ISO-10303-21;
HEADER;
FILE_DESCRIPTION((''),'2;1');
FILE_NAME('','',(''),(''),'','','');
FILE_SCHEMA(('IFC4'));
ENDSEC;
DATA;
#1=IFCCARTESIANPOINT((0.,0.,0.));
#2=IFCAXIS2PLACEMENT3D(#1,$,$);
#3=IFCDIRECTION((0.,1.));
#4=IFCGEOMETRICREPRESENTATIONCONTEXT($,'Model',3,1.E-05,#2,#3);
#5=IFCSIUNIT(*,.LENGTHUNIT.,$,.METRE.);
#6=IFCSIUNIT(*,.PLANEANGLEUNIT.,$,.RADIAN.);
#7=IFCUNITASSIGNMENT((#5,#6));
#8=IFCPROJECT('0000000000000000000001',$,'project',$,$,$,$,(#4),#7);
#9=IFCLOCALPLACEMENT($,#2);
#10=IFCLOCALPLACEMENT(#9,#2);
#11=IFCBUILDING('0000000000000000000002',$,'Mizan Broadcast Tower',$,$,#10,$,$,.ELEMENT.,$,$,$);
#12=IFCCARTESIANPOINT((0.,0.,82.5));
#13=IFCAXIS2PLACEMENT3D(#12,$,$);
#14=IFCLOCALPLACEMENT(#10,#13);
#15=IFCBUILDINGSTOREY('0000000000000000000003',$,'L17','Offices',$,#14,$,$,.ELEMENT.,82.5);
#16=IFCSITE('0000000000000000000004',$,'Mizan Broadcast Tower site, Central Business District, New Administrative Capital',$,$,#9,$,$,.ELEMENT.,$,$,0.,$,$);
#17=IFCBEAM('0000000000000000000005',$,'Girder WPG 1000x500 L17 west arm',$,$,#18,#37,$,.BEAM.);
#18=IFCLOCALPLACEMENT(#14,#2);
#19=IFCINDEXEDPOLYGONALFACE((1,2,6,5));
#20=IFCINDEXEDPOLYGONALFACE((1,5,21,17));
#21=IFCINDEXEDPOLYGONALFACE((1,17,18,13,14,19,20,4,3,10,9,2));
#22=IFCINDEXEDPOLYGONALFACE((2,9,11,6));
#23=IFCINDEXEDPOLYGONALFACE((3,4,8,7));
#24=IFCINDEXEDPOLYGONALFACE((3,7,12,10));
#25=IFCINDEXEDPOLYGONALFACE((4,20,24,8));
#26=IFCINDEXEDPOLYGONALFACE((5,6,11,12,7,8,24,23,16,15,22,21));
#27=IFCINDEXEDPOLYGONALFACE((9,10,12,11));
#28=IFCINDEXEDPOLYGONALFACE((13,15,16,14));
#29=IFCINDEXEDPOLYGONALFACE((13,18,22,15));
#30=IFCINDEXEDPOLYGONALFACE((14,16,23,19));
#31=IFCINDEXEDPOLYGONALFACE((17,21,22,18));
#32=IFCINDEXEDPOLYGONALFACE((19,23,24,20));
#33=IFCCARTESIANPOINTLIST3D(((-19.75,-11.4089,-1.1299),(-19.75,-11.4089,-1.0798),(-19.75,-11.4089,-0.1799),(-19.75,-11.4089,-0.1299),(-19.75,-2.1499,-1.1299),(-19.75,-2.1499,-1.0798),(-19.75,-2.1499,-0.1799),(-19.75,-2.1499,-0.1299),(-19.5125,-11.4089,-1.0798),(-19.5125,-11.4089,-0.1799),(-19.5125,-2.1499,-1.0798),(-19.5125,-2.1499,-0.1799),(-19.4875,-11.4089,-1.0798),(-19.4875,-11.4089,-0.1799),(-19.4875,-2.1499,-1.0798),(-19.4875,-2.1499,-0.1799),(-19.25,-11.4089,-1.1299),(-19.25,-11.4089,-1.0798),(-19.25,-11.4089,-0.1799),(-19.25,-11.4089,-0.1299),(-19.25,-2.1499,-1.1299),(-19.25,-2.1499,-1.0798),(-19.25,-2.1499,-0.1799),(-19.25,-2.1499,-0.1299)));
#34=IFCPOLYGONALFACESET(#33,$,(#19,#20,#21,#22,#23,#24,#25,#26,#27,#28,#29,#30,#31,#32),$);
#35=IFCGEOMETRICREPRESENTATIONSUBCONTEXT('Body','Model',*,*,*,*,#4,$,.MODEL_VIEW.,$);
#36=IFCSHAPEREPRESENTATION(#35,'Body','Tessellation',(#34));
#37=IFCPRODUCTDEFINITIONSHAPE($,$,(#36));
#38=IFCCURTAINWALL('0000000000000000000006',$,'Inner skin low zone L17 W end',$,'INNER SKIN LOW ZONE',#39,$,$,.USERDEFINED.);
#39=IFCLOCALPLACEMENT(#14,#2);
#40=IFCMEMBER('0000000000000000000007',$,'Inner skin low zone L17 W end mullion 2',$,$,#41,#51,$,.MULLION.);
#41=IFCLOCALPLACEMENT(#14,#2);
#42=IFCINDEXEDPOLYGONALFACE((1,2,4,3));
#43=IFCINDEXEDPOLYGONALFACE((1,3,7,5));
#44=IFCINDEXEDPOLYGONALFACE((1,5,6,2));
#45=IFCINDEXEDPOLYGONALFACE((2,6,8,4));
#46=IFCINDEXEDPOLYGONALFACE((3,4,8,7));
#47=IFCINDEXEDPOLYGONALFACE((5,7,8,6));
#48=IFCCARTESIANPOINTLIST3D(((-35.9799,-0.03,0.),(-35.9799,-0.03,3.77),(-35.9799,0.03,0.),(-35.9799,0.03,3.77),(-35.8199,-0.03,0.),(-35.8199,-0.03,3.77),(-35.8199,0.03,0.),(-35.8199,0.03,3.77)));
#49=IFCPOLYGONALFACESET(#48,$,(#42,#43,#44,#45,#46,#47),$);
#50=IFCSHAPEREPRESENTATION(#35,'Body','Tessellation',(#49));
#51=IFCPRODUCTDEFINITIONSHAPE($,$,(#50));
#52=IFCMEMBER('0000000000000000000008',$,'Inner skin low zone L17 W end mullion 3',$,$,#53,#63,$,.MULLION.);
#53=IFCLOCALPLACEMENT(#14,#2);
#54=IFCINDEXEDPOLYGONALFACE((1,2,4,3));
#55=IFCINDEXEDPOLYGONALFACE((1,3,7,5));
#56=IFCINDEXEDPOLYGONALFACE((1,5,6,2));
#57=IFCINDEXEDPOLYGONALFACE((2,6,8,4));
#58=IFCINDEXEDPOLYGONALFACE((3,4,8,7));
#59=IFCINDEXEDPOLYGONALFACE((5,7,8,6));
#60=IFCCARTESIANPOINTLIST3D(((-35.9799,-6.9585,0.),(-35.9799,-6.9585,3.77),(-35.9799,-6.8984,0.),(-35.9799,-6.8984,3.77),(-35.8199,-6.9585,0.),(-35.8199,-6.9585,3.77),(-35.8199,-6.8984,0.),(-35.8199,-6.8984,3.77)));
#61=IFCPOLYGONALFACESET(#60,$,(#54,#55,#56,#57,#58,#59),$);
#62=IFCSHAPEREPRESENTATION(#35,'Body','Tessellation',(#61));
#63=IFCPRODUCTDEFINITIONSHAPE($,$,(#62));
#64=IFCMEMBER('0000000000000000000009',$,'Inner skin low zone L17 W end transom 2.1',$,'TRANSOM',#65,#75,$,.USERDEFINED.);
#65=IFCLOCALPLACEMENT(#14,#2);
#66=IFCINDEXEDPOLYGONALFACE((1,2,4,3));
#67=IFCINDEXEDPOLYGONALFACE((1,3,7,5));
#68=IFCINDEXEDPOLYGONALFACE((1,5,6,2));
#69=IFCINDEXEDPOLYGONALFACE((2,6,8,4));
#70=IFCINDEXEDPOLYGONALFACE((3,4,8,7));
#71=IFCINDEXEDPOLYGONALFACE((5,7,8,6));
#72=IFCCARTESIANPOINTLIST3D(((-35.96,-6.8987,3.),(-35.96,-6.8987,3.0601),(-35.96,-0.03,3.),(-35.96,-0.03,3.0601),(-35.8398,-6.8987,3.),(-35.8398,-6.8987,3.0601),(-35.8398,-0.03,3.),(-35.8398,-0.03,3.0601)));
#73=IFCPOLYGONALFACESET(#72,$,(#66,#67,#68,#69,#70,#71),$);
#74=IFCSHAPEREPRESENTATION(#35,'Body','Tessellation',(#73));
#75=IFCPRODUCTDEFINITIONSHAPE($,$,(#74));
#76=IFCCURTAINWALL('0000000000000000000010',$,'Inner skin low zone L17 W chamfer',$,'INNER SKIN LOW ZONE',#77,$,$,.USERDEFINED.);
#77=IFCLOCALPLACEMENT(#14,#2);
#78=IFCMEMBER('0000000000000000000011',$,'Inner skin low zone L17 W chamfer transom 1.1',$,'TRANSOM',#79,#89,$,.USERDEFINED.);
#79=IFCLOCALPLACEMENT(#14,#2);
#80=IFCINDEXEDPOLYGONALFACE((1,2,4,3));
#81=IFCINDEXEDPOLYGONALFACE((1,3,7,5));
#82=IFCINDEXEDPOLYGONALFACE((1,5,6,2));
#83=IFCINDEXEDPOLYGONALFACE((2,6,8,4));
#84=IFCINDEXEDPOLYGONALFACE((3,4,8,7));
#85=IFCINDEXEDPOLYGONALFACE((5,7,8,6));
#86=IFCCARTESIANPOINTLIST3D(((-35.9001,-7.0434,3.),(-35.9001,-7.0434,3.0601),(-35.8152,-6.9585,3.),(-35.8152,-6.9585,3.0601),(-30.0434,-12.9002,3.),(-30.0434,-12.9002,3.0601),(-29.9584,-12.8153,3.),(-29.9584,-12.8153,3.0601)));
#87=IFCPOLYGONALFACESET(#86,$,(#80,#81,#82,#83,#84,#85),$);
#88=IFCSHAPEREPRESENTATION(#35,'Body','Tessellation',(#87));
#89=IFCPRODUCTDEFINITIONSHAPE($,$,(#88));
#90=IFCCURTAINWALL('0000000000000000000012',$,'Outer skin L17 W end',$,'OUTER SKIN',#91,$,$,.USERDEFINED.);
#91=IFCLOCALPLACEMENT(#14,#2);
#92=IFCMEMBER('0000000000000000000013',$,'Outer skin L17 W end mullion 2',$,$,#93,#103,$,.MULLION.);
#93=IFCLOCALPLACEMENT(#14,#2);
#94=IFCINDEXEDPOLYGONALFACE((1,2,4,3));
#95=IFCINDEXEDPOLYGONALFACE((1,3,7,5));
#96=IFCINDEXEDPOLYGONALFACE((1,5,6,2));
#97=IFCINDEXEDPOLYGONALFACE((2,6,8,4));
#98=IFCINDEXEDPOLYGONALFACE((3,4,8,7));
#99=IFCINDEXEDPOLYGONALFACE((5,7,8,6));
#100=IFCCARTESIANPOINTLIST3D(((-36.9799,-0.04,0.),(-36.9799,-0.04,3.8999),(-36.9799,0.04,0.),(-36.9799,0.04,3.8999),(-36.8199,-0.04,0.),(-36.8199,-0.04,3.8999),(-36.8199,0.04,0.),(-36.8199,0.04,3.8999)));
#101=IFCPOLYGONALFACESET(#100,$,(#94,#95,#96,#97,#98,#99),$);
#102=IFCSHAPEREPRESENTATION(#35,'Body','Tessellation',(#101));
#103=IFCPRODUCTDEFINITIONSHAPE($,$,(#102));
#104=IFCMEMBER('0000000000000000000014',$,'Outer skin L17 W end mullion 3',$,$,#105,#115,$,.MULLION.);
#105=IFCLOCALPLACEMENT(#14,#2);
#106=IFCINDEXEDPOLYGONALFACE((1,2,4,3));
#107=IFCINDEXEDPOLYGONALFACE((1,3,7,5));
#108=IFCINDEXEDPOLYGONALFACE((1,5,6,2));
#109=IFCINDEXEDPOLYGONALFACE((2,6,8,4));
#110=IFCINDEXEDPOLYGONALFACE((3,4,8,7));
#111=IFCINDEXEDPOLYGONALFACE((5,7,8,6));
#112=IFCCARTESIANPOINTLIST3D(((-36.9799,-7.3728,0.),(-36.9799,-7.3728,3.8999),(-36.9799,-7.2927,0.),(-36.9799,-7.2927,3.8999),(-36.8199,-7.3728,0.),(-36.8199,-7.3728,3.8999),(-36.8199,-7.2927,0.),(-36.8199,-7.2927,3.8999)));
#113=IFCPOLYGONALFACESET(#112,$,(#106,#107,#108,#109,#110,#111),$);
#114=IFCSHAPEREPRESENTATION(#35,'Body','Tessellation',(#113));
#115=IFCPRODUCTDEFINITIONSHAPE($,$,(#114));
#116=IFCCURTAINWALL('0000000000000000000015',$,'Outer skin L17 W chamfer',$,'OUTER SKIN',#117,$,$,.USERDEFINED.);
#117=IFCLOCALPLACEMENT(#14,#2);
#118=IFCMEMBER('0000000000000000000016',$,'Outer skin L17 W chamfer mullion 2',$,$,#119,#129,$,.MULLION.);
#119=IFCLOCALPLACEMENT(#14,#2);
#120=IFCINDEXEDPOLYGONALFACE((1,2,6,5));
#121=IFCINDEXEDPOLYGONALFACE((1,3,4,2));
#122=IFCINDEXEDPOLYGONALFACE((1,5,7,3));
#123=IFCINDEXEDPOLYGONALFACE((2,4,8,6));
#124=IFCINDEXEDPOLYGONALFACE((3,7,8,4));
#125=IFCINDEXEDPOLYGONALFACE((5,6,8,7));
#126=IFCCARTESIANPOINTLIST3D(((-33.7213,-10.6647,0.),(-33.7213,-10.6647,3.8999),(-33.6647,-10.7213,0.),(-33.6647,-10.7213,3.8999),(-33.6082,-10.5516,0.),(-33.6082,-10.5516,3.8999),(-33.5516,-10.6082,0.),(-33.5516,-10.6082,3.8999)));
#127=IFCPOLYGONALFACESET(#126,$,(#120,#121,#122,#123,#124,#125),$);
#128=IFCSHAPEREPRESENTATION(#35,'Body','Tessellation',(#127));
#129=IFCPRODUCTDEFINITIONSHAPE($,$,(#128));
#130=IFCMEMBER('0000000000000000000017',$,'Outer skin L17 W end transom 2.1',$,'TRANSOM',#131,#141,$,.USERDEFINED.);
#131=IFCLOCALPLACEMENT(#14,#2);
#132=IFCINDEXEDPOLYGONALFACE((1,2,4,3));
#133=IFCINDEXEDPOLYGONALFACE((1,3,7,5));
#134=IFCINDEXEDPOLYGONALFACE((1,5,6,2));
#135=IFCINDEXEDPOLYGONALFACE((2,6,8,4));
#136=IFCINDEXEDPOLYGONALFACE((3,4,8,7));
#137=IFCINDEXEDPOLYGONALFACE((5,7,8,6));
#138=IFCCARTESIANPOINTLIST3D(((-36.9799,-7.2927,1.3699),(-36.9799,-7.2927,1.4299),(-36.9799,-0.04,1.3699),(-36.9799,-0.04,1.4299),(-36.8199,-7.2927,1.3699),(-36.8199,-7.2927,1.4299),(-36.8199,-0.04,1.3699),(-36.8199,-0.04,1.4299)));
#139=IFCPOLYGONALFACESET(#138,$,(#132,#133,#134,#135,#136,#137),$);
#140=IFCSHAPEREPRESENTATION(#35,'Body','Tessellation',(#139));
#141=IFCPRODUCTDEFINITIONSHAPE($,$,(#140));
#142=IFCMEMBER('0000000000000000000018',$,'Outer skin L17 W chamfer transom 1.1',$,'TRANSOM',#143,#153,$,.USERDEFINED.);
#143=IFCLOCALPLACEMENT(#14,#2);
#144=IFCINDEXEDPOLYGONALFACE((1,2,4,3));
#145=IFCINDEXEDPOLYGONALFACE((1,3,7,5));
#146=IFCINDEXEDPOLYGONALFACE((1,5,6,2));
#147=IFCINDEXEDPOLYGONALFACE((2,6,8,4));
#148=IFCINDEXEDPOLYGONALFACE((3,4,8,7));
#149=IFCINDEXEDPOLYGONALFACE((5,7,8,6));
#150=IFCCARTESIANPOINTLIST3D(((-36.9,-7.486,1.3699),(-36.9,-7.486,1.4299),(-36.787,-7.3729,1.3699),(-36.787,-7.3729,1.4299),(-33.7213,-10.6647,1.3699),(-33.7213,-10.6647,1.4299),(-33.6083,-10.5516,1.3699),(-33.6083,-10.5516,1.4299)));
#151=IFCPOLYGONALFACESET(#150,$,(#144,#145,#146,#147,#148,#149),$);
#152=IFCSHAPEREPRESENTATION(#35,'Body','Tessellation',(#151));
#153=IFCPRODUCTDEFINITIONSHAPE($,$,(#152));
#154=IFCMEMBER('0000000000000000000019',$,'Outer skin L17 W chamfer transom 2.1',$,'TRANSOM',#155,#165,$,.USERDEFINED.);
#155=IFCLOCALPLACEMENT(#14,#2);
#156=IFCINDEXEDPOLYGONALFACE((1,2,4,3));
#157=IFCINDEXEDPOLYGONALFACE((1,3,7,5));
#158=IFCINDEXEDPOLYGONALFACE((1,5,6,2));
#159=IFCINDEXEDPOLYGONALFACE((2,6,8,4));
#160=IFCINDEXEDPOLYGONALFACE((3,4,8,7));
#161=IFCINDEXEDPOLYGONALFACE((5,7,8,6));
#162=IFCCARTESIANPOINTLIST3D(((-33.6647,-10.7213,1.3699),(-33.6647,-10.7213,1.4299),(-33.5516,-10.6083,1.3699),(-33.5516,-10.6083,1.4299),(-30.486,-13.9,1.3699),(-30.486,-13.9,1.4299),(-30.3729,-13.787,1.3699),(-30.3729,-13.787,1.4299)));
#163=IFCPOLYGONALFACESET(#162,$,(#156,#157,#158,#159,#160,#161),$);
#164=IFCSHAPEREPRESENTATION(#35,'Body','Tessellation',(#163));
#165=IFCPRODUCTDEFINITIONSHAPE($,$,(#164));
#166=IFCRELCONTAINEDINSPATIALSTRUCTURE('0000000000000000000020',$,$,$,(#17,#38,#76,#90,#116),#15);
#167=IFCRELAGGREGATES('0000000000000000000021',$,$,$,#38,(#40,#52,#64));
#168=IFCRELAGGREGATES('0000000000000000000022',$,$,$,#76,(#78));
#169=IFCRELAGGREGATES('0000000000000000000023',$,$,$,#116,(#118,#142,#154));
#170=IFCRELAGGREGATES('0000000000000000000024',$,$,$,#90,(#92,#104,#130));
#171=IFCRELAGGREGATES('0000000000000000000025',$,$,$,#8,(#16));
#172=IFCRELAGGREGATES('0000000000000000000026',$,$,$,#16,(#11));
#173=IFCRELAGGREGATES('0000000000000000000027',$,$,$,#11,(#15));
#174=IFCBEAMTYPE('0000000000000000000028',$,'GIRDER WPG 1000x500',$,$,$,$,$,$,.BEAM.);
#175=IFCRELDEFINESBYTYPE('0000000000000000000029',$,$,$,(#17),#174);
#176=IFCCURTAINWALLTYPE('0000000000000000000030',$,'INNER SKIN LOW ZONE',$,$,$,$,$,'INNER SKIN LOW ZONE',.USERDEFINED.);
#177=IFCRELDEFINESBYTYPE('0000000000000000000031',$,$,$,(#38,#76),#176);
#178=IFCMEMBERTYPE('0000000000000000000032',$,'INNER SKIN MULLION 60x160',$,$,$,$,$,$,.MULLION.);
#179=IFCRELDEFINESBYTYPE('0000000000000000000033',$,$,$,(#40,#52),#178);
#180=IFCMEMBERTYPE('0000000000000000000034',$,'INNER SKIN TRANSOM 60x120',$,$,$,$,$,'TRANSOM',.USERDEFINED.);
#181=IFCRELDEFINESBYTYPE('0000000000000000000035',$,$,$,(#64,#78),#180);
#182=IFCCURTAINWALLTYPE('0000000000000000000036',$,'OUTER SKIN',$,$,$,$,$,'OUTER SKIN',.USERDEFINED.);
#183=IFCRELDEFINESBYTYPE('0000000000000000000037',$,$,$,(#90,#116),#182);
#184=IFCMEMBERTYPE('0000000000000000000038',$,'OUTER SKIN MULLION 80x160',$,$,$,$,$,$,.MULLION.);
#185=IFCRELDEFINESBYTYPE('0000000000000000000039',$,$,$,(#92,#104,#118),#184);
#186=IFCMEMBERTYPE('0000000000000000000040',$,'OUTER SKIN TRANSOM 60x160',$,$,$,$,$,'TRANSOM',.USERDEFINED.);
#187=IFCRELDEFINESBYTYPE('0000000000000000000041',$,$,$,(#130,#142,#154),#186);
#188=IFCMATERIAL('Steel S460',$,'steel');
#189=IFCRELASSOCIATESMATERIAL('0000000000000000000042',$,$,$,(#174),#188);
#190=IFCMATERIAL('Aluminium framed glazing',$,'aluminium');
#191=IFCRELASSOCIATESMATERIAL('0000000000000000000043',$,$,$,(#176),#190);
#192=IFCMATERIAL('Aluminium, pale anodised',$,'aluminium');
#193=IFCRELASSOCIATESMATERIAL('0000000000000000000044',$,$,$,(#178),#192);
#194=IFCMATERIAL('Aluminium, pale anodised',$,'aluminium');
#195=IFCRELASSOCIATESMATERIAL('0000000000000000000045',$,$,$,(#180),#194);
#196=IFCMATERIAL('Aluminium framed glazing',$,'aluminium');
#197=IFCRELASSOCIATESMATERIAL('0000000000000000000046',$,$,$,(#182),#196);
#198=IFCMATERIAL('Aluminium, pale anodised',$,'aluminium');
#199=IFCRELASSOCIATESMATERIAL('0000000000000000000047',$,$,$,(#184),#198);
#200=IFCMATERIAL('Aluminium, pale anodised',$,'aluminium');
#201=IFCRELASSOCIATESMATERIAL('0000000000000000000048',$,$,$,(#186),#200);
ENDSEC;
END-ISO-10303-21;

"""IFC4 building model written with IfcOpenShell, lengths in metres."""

from ifc_helpers import new_model, si_unit, direction, frame, origin, origin_2d, place, context, subcontext, project, spatial, rectangle, i_section, extrude, material, material_profile, profile_set, type_object, element, aggregate, save


model = new_model("IFC4")

# Units and contexts
model_context = context("Model", 3, precision=1e-05, world=origin(), true_north=direction((0.0, 1.0)))
body_context = subcontext(model_context, "Body", "Model", "MODEL_VIEW")
ifc_project = project(units=[si_unit("LENGTHUNIT", "METRE"), si_unit("PLANEANGLEUNIT", "RADIAN")], contexts=[model_context])

# Site, building, storey
site_placement = place(None, origin())
site = spatial("IfcSite", under=ifc_project, at=site_placement, Name="Mizan Broadcast Tower site, Central Business District, New Administrative Capital", CompositionType="ELEMENT", RefElevation=0.0)
building_placement = place(site_placement, origin())
building = spatial("IfcBuilding", under=site, at=building_placement, Name="Mizan Broadcast Tower", CompositionType="ELEMENT")
storey_placement = place(building_placement, frame((0.0, 0.0, 82.5)))
storey = spatial("IfcBuildingStorey", under=building, at=storey_placement, Name="L17", Description="Offices", CompositionType="ELEMENT", Elevation=82.5)

# Beam
ifc_material_1 = material(Name="Steel S460", Category="steel")
ifc_material_profile_1 = material_profile(ifc_material_1, i_section(OverallWidth=0.5, OverallDepth=1.0, WebThickness=0.0249, FlangeThickness=0.05, at=origin_2d()), Name="WPG 1000x500")
ifc_profile_set_1 = profile_set([ifc_material_profile_1], Name="Steel S460")
beam_type_1 = type_object("IfcBeamType", Name="GIRDER WPG 1000x500", PredefinedType="BEAM", material=ifc_profile_set_1)
beam_1_placement = place(storey_placement, frame((-19.5, -11.4089, -0.6299), z_axis=(0.0, 1.0, 0.0), x_axis=(-1.0, 0.0, 0.0)))
element("IfcBeam", 1, at=beam_1_placement, inside=storey, type_object=beam_type_1, Name="Girder WPG 1000x500 L17 west arm", PredefinedType="BEAM", context=body_context, shape_type="SweptSolid", body=[
    extrude(i_section(OverallWidth=0.5, OverallDepth=1.0, WebThickness=0.0249, FlangeThickness=0.05, at=origin_2d()), origin(), (0.0, 0.0, 1.0), 9.259),
])

# Curtain wall, members
ifc_material_2 = material(Name="Aluminium framed glazing", Category="aluminium")
curtain_wall_type_1 = type_object("IfcCurtainWallType", Name="INNER SKIN LOW ZONE", ElementType="INNER SKIN LOW ZONE", PredefinedType="USERDEFINED", material=ifc_material_2)
curtain_wall_1_placement = place(storey_placement, origin())
curtain_wall_1 = element("IfcCurtainWall", 2, at=curtain_wall_1_placement, inside=storey, type_object=curtain_wall_type_1, Name="Inner skin low zone L17 W end", ObjectType="INNER SKIN LOW ZONE", PredefinedType="USERDEFINED")
ifc_material_3 = material(Name="Aluminium, pale anodised", Category="aluminium")
ifc_material_profile_2 = material_profile(ifc_material_3, rectangle(XDim=0.1599, YDim=0.0601, at=origin_2d()), Name="MULLION 160x60")
ifc_profile_set_2 = profile_set([ifc_material_profile_2], Name="Aluminium, pale anodised")
member_type_1 = type_object("IfcMemberType", Name="INNER SKIN MULLION 60x160", PredefinedType="MULLION", material=ifc_profile_set_2)
member_1_placement = place(storey_placement, frame((-35.8999, 0.0, 0.0), z_axis=(0.0, 0.0, 1.0), x_axis=(1.0, 0.0, 0.0)))
member_1 = element("IfcMember", 3, at=member_1_placement, type_object=member_type_1, Name="Inner skin low zone L17 W end mullion 2", PredefinedType="MULLION", context=body_context, shape_type="SweptSolid", body=[
    extrude(rectangle(XDim=0.1599, YDim=0.0601, at=origin_2d()), origin(), (0.0, 0.0, 1.0), 3.77),
])
member_2_placement = place(storey_placement, frame((-35.8999, -6.9285, 0.0), z_axis=(0.0, 0.0, 1.0), x_axis=(1.0, 0.0, 0.0)))
member_2 = element("IfcMember", 4, at=member_2_placement, type_object=member_type_1, Name="Inner skin low zone L17 W end mullion 3", PredefinedType="MULLION", context=body_context, shape_type="SweptSolid", body=[
    extrude(rectangle(XDim=0.1599, YDim=0.0601, at=origin_2d()), origin(), (0.0, 0.0, 1.0), 3.77),
])
ifc_material_4 = material(Name="Aluminium, pale anodised", Category="aluminium")
ifc_material_profile_3 = material_profile(ifc_material_4, rectangle(XDim=0.1201, YDim=0.0601, at=origin_2d()), Name="TRANSOM 120x60")
ifc_profile_set_3 = profile_set([ifc_material_profile_3], Name="Aluminium, pale anodised")
member_type_2 = type_object("IfcMemberType", Name="INNER SKIN TRANSOM 60x120", ElementType="TRANSOM", PredefinedType="USERDEFINED", material=ifc_profile_set_3)
member_3_placement = place(storey_placement, frame((-35.8999, -0.03, 3.03), z_axis=(0.0, -1.0, 0.0), x_axis=(1.0, 0.0, 0.0)))
member_3 = element("IfcMember", 5, at=member_3_placement, type_object=member_type_2, Name="Inner skin low zone L17 W end transom 2.1", ObjectType="TRANSOM", PredefinedType="USERDEFINED", context=body_context, shape_type="SweptSolid", body=[
    extrude(rectangle(XDim=0.1201, YDim=0.0601, at=origin_2d()), origin(), (0.0, 0.0, 1.0), 6.8687),
])

# Curtain wall, member
curtain_wall_2_placement = place(storey_placement, origin())
curtain_wall_2 = element("IfcCurtainWall", 6, at=curtain_wall_2_placement, inside=storey, type_object=curtain_wall_type_1, Name="Inner skin low zone L17 W chamfer", ObjectType="INNER SKIN LOW ZONE", PredefinedType="USERDEFINED")
member_4_placement = place(storey_placement, frame((-35.8577, -7.001, 3.03), z_axis=(0.707107, -0.707107, 0.0), x_axis=(0.707107, 0.707107, 0.0)))
member_4 = element("IfcMember", 7, at=member_4_placement, type_object=member_type_2, Name="Inner skin low zone L17 W chamfer transom 1.1", ObjectType="TRANSOM", PredefinedType="USERDEFINED", context=body_context, shape_type="SweptSolid", body=[
    extrude(rectangle(XDim=0.1201, YDim=0.0601, at=origin_2d()), origin(), (0.0, 0.0, 1.0), 8.2827),
])

# Curtain wall, members
ifc_material_5 = material(Name="Aluminium framed glazing", Category="aluminium")
curtain_wall_type_2 = type_object("IfcCurtainWallType", Name="OUTER SKIN", ElementType="OUTER SKIN", PredefinedType="USERDEFINED", material=ifc_material_5)
curtain_wall_3_placement = place(storey_placement, origin())
curtain_wall_3 = element("IfcCurtainWall", 8, at=curtain_wall_3_placement, inside=storey, type_object=curtain_wall_type_2, Name="Outer skin L17 W end", ObjectType="OUTER SKIN", PredefinedType="USERDEFINED")
ifc_material_6 = material(Name="Aluminium, pale anodised", Category="aluminium")
ifc_material_profile_4 = material_profile(ifc_material_6, rectangle(XDim=0.1599, YDim=0.0801, at=origin_2d()), Name="MULLION 160x80")
ifc_profile_set_4 = profile_set([ifc_material_profile_4], Name="Aluminium, pale anodised")
member_type_3 = type_object("IfcMemberType", Name="OUTER SKIN MULLION 80x160", PredefinedType="MULLION", material=ifc_profile_set_4)
member_5_placement = place(storey_placement, frame((-36.8999, 0.0, 0.0), z_axis=(0.0, 0.0, 1.0), x_axis=(1.0, 0.0, 0.0)))
member_5 = element("IfcMember", 9, at=member_5_placement, type_object=member_type_3, Name="Outer skin L17 W end mullion 2", PredefinedType="MULLION", context=body_context, shape_type="SweptSolid", body=[
    extrude(rectangle(XDim=0.1599, YDim=0.0801, at=origin_2d()), origin(), (0.0, 0.0, 1.0), 3.8999),
])
member_6_placement = place(storey_placement, frame((-36.8999, -7.3328, 0.0), z_axis=(0.0, 0.0, 1.0), x_axis=(1.0, 0.0, 0.0)))
member_6 = element("IfcMember", 10, at=member_6_placement, type_object=member_type_3, Name="Outer skin L17 W end mullion 3", PredefinedType="MULLION", context=body_context, shape_type="SweptSolid", body=[
    extrude(rectangle(XDim=0.1599, YDim=0.0801, at=origin_2d()), origin(), (0.0, 0.0, 1.0), 3.8999),
])

# Curtain wall, member
curtain_wall_4_placement = place(storey_placement, origin())
curtain_wall_4 = element("IfcCurtainWall", 11, at=curtain_wall_4_placement, inside=storey, type_object=curtain_wall_type_2, Name="Outer skin L17 W chamfer", ObjectType="OUTER SKIN", PredefinedType="USERDEFINED")
member_7_placement = place(storey_placement, frame((-33.6365, -10.6365, 0.0), z_axis=(0.0, 0.0, 1.0), x_axis=(0.707107, 0.707107, 0.0)))
member_7 = element("IfcMember", 12, at=member_7_placement, type_object=member_type_3, Name="Outer skin L17 W chamfer mullion 2", PredefinedType="MULLION", context=body_context, shape_type="SweptSolid", body=[
    extrude(rectangle(XDim=0.1599, YDim=0.0801, at=origin_2d()), origin(), (0.0, 0.0, 1.0), 3.8999),
])

# Members
ifc_material_7 = material(Name="Aluminium, pale anodised", Category="aluminium")
ifc_material_profile_5 = material_profile(ifc_material_7, rectangle(XDim=0.1599, YDim=0.0601, at=origin_2d()), Name="TRANSOM 160x60")
ifc_profile_set_5 = profile_set([ifc_material_profile_5], Name="Aluminium, pale anodised")
member_type_4 = type_object("IfcMemberType", Name="OUTER SKIN TRANSOM 60x160", ElementType="TRANSOM", PredefinedType="USERDEFINED", material=ifc_profile_set_5)
member_8_placement = place(storey_placement, frame((-36.8999, -0.04, 1.3999), z_axis=(0.0, -1.0, 0.0), x_axis=(1.0, 0.0, 0.0)))
member_8 = element("IfcMember", 13, at=member_8_placement, type_object=member_type_4, Name="Outer skin L17 W end transom 2.1", ObjectType="TRANSOM", PredefinedType="USERDEFINED", context=body_context, shape_type="SweptSolid", body=[
    extrude(rectangle(XDim=0.1599, YDim=0.0601, at=origin_2d()), origin(), (0.0, 0.0, 1.0), 7.2527),
])
member_9_placement = place(storey_placement, frame((-36.8435, -7.4294, 1.3999), z_axis=(0.707107, -0.707107, 0.0), x_axis=(0.707107, 0.707107, 0.0)))
member_9 = element("IfcMember", 14, at=member_9_placement, type_object=member_type_4, Name="Outer skin L17 W chamfer transom 1.1", ObjectType="TRANSOM", PredefinedType="USERDEFINED", context=body_context, shape_type="SweptSolid", body=[
    extrude(rectangle(XDim=0.1599, YDim=0.0601, at=origin_2d()), origin(), (0.0, 0.0, 1.0), 4.4954),
])
member_10_placement = place(storey_placement, frame((-33.6082, -10.6648, 1.3999), z_axis=(0.707107, -0.707107, 0.0), x_axis=(0.707107, 0.707107, 0.0)))
member_10 = element("IfcMember", 15, at=member_10_placement, type_object=member_type_4, Name="Outer skin L17 W chamfer transom 2.1", ObjectType="TRANSOM", PredefinedType="USERDEFINED", context=body_context, shape_type="SweptSolid", body=[
    extrude(rectangle(XDim=0.1599, YDim=0.0601, at=origin_2d()), origin(), (0.0, 0.0, 1.0), 4.4954),
])

aggregate(curtain_wall_1, [member_1, member_2, member_3])
aggregate(curtain_wall_2, [member_4])
aggregate(curtain_wall_4, [member_7, member_9, member_10])
aggregate(curtain_wall_3, [member_5, member_6, member_8])

save(model, "model.ifc")
